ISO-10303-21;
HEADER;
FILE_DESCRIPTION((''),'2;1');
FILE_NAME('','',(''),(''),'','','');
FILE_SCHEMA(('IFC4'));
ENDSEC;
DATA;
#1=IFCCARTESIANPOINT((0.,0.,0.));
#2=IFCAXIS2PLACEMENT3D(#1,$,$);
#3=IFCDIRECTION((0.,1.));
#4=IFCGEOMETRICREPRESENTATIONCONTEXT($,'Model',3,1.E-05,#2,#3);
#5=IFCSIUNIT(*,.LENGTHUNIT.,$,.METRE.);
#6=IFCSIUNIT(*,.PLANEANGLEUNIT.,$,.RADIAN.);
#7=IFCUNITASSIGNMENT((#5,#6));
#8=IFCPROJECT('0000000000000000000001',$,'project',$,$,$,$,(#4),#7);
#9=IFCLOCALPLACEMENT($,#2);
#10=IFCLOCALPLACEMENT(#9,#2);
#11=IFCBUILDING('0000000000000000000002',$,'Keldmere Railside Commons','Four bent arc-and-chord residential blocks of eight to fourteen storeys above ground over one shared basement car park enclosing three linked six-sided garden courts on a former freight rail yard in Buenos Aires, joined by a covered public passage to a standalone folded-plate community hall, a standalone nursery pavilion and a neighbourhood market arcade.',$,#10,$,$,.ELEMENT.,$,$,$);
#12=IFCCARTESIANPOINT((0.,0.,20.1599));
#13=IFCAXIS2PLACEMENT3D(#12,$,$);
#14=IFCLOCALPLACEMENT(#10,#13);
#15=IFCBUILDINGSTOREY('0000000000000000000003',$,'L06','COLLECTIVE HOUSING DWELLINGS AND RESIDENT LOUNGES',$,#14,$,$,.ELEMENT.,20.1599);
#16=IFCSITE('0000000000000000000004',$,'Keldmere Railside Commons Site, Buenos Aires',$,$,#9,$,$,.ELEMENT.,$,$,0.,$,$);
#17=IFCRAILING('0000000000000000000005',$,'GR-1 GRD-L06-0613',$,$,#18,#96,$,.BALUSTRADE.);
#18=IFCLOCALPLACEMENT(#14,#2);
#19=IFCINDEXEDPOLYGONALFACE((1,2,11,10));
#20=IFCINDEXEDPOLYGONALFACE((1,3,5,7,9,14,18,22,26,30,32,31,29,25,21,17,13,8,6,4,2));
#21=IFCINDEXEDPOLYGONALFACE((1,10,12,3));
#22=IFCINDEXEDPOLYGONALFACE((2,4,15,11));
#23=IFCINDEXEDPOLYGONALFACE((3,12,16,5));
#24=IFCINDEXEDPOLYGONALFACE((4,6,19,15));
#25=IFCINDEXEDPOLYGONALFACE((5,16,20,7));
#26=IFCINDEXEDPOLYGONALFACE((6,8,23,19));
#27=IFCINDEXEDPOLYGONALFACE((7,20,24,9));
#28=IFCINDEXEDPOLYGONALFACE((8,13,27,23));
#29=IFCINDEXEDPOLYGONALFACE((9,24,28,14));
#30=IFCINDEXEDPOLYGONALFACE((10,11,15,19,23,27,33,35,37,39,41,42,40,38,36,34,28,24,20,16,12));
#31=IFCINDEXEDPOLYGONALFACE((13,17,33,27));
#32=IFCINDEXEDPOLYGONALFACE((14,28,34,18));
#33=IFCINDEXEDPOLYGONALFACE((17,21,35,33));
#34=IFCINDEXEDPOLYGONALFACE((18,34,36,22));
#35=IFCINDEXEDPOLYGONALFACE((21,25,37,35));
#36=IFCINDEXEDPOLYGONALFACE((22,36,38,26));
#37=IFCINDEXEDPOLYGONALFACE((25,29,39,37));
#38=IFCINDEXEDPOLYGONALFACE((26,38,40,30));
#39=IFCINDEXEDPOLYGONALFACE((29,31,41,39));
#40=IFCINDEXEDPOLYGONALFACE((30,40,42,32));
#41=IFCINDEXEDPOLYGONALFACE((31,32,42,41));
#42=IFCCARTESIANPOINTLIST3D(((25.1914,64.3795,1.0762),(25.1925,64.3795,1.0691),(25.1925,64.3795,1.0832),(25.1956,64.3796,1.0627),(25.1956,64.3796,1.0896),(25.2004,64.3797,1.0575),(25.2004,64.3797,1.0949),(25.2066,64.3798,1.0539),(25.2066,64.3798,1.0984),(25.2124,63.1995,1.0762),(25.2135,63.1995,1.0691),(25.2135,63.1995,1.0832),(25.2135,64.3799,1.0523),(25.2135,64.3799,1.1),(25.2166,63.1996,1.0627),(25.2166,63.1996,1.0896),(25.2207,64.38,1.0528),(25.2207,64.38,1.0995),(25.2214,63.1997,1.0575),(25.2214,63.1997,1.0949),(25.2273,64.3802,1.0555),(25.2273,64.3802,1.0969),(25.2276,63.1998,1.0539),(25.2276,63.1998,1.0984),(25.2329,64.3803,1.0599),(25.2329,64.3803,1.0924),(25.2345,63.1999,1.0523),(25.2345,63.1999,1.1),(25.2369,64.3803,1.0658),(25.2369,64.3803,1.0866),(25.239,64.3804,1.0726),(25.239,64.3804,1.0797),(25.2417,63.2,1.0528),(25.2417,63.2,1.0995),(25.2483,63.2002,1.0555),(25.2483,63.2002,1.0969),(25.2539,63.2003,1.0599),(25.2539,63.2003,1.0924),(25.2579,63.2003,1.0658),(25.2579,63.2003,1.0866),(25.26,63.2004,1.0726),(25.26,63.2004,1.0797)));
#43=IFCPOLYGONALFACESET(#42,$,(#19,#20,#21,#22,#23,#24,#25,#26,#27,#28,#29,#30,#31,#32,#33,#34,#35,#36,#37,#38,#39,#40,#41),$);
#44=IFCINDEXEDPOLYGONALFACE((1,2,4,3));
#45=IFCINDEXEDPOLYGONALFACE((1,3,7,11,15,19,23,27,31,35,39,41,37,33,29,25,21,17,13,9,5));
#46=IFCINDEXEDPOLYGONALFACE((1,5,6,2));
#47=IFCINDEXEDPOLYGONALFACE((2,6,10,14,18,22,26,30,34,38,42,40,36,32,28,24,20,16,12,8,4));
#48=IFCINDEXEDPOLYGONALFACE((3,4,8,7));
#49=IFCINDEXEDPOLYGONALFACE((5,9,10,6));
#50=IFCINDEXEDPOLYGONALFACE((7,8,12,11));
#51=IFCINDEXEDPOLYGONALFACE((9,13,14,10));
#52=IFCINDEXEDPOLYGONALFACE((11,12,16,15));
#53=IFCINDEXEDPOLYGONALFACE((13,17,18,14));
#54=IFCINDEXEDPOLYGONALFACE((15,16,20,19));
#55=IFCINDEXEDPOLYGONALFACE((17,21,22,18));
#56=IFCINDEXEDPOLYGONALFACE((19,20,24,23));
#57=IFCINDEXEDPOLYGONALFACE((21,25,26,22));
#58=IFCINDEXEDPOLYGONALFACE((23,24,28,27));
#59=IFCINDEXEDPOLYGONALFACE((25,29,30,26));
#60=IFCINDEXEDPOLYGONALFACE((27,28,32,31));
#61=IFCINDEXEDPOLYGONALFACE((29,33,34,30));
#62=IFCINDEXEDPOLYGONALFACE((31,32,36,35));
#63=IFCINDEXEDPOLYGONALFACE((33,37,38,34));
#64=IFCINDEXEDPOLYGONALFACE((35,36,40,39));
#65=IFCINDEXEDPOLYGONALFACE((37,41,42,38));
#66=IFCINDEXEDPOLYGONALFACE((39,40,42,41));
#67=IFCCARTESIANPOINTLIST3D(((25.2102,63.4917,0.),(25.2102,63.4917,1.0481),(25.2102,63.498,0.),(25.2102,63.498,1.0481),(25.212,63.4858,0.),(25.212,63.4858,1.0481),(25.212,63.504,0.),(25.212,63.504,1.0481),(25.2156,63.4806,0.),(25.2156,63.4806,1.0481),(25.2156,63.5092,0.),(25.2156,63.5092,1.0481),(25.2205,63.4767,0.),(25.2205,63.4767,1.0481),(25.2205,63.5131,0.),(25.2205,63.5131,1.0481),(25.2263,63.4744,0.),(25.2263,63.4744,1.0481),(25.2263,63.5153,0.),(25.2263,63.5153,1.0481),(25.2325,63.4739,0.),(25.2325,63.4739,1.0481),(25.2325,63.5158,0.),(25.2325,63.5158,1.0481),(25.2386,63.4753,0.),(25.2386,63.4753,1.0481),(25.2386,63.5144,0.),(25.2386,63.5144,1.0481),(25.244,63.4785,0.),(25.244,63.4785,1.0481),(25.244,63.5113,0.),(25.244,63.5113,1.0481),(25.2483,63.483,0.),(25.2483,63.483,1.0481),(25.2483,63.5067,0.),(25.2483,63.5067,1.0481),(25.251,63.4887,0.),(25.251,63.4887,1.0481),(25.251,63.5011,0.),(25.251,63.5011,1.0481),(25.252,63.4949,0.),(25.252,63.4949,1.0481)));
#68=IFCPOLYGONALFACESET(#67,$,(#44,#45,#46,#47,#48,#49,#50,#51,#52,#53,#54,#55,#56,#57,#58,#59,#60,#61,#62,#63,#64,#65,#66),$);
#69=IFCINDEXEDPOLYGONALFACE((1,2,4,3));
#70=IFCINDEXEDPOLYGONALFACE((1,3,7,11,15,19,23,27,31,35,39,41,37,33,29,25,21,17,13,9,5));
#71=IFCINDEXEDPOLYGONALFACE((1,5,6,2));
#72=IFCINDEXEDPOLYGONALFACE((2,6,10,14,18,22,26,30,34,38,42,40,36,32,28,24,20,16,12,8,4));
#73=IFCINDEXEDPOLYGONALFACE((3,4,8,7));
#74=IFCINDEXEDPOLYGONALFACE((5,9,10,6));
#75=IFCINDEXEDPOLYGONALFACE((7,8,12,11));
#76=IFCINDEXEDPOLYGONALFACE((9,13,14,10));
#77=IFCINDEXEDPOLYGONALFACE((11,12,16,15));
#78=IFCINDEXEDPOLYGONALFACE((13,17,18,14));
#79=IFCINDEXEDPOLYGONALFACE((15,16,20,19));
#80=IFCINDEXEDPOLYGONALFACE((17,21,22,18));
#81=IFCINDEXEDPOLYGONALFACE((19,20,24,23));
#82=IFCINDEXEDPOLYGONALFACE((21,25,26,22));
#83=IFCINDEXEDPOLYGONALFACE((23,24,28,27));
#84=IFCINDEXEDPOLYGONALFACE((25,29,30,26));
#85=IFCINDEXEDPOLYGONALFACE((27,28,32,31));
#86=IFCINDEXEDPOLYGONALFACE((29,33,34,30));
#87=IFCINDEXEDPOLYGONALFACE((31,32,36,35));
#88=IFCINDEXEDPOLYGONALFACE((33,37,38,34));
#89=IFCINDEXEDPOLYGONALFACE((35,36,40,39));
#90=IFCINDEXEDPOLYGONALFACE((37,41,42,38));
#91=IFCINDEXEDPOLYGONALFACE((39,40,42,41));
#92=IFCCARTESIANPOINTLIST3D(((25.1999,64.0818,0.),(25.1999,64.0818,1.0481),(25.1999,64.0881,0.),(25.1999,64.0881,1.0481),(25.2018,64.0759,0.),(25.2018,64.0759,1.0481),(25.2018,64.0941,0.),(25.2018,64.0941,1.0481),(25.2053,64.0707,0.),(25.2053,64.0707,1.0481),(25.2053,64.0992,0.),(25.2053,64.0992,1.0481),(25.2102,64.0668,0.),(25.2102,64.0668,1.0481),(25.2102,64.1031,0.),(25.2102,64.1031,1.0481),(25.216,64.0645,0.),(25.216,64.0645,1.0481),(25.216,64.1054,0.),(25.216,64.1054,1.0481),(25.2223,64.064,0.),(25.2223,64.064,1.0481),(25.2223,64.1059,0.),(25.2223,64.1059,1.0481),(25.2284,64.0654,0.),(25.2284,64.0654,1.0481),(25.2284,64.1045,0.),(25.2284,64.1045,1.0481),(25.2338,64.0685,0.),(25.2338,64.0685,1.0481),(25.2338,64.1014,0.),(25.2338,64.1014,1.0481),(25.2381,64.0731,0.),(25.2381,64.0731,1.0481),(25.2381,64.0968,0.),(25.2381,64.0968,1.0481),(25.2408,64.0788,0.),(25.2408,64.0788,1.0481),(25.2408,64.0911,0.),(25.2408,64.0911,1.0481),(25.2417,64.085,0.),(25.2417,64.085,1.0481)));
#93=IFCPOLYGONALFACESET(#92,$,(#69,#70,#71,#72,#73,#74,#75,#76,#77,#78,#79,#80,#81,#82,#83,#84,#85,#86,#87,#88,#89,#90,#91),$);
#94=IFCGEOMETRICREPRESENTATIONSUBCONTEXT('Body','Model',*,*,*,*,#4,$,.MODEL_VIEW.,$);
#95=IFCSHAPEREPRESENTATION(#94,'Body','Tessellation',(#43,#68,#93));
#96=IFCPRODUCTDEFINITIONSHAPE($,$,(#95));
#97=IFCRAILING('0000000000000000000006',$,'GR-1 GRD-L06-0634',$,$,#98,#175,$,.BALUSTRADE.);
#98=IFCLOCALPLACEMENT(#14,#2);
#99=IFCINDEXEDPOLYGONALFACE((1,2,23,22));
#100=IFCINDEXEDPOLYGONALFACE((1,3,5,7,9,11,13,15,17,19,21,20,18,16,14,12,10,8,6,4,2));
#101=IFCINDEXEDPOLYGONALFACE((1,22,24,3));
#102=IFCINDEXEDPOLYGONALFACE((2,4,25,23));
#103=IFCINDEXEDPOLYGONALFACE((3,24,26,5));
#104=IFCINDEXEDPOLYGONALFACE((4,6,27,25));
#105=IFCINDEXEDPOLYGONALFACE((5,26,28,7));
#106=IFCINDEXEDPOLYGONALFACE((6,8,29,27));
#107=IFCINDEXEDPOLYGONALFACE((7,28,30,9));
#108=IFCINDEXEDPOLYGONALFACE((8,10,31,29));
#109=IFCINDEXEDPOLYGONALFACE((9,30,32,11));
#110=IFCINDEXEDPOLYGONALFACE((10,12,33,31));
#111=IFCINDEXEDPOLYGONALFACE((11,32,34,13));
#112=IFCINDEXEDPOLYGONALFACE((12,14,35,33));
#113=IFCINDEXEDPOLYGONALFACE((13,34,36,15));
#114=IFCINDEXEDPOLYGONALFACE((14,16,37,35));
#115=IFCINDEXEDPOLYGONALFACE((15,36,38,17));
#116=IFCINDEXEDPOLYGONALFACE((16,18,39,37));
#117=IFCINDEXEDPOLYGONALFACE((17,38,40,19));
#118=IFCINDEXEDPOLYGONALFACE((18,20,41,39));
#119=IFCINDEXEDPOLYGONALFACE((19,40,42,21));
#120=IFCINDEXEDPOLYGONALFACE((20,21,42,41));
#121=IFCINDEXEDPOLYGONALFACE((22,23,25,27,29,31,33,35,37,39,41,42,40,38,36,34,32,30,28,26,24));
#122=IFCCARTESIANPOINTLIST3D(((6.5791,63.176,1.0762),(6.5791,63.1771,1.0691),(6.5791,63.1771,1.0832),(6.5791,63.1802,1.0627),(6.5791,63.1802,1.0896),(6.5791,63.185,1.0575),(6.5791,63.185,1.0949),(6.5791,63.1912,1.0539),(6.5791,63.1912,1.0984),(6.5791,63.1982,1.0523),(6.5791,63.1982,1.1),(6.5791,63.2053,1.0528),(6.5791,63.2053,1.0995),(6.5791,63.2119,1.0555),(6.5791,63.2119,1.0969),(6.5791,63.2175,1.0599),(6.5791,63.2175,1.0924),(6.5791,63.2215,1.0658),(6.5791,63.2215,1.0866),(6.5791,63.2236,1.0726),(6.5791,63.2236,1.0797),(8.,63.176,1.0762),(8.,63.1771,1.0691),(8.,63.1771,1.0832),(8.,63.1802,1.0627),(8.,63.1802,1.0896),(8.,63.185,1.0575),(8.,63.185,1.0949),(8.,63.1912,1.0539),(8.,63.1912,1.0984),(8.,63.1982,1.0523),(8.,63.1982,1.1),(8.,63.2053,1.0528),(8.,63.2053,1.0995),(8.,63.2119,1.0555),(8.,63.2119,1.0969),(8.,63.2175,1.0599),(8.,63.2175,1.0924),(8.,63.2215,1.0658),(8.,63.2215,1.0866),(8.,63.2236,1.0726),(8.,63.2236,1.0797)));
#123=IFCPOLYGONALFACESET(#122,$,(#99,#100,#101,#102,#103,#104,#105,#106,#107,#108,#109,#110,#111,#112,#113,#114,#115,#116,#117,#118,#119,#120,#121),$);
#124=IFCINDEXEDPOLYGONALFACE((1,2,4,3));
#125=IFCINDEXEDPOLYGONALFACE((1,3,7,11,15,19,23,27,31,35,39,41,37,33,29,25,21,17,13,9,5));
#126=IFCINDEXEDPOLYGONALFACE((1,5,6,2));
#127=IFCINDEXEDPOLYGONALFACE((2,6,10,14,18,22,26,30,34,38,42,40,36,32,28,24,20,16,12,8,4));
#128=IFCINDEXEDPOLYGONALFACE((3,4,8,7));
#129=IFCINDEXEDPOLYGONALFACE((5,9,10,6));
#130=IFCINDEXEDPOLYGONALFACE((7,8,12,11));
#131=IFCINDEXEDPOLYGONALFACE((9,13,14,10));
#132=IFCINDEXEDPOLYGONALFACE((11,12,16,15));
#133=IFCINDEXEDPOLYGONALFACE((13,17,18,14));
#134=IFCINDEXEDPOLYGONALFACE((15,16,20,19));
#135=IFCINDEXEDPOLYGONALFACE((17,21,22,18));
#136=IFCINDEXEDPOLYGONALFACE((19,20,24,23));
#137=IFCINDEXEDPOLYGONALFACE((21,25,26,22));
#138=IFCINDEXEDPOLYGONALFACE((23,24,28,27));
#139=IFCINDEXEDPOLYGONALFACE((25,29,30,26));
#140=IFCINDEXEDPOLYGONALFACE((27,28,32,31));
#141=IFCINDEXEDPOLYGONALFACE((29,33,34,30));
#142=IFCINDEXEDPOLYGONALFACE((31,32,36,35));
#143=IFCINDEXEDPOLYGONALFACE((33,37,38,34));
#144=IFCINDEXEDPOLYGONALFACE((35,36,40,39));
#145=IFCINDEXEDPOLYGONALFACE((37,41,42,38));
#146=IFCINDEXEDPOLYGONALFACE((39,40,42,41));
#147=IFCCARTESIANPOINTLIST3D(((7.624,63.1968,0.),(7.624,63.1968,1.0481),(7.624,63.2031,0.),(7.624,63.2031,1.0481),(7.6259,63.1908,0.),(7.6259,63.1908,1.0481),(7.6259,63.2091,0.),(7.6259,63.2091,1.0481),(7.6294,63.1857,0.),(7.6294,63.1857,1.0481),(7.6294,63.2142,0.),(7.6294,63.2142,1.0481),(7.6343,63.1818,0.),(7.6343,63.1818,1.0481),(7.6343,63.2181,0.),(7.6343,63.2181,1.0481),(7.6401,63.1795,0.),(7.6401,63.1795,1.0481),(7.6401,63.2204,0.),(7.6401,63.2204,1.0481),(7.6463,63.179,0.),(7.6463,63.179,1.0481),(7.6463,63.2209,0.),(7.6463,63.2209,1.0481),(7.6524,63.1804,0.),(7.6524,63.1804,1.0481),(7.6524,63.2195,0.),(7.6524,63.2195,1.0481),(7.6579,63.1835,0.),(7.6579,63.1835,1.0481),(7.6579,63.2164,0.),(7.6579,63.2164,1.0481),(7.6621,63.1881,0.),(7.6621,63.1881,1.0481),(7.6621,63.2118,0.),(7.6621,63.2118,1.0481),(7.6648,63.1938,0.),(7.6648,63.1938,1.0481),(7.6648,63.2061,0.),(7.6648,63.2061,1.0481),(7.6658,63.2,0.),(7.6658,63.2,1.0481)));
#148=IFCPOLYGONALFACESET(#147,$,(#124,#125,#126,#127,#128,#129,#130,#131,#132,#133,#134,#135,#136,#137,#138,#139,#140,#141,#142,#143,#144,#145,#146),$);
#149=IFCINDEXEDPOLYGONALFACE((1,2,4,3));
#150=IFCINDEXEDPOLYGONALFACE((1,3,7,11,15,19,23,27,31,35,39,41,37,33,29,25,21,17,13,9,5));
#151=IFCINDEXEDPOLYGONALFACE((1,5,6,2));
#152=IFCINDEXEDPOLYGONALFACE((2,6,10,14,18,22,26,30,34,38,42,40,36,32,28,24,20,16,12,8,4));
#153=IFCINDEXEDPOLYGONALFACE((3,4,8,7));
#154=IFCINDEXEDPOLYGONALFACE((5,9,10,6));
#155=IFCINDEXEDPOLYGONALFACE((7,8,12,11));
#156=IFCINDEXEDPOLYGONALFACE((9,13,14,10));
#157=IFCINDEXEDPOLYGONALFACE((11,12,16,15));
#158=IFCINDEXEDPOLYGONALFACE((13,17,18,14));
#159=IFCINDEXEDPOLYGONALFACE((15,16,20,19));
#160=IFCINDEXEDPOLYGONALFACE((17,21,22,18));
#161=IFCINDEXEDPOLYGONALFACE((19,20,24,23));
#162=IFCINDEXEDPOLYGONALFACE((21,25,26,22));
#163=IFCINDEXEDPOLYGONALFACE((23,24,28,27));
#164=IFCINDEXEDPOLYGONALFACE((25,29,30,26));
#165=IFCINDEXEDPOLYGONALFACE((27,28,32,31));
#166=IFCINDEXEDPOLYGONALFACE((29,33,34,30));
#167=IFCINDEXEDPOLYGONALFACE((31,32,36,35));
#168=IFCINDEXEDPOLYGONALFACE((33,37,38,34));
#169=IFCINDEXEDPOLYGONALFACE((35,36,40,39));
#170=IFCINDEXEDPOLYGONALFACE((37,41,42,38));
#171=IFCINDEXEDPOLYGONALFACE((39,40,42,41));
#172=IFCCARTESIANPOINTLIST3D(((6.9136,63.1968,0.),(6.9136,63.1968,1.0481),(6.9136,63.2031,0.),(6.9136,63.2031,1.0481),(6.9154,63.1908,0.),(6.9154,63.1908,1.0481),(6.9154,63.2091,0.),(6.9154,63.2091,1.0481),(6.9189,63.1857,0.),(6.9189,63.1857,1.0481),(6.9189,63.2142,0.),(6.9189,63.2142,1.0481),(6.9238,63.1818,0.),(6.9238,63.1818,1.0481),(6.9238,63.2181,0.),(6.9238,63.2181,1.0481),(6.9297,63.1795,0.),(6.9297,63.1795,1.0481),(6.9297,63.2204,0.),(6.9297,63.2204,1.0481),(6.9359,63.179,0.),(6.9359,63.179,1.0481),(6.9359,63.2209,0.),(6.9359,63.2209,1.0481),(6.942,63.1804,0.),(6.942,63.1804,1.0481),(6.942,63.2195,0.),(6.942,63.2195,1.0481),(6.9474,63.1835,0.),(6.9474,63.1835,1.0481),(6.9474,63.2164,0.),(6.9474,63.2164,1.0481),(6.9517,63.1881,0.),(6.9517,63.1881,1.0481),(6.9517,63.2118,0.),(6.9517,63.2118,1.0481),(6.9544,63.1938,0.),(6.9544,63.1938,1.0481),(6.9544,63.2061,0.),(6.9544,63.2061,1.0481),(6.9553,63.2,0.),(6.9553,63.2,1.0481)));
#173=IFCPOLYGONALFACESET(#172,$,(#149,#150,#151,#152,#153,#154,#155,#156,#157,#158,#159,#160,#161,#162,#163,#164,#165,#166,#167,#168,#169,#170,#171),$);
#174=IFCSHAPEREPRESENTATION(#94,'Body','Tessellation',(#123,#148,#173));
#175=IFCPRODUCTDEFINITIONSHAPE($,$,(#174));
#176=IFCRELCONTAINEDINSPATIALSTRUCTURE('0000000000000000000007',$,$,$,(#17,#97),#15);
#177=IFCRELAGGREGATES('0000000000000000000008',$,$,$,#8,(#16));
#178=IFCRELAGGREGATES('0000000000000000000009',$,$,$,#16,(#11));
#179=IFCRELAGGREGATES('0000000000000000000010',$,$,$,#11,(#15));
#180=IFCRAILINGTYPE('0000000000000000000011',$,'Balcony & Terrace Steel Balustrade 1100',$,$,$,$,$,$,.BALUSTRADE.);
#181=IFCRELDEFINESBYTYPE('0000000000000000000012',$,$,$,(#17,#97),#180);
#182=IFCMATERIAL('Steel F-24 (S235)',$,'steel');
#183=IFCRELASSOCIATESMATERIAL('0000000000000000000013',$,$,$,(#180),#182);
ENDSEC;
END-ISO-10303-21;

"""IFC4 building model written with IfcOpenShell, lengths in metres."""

from ifc_helpers import new_model, si_unit, direction, frame, origin, origin_2d, place, context, subcontext, project, spatial, circle, extrude, material, type_object, element, save


model = new_model("IFC4")

# Units and contexts
model_context = context("Model", 3, precision=1e-05, world=origin(), true_north=direction((0.0, 1.0)))
body_context = subcontext(model_context, "Body", "Model", "MODEL_VIEW")
ifc_project = project(units=[si_unit("LENGTHUNIT", "METRE"), si_unit("PLANEANGLEUNIT", "RADIAN")], contexts=[model_context])

# Site, building, storey
site_placement = place(None, origin())
site = spatial("IfcSite", under=ifc_project, at=site_placement, Name="Keldmere Railside Commons Site, Buenos Aires", CompositionType="ELEMENT", RefElevation=0.0)
building_placement = place(site_placement, origin())
building = spatial("IfcBuilding", under=site, at=building_placement, Name="Keldmere Railside Commons", Description="Four bent arc-and-chord residential blocks of eight to fourteen storeys above ground over one shared basement car park enclosing three linked six-sided garden courts on a former freight rail yard in Buenos Aires, joined by a covered public passage to a standalone folded-plate community hall, a standalone nursery pavilion and a neighbourhood market arcade.", CompositionType="ELEMENT")
storey_placement = place(building_placement, frame((0.0, 0.0, 20.1599)))
storey = spatial("IfcBuildingStorey", under=building, at=storey_placement, Name="L06", Description="COLLECTIVE HOUSING DWELLINGS AND RESIDENT LOUNGES", CompositionType="ELEMENT", Elevation=20.1599)

# Railings
ifc_material_1 = material(Name="Steel F-24 (S235)", Category="steel")
railing_type = type_object("IfcRailingType", Name="Balcony & Terrace Steel Balustrade 1100", PredefinedType="BALUSTRADE", material=ifc_material_1)
railing_1_placement = place(storey_placement, frame((25.2363, 63.2, 0.0)))
element("IfcRailing", 1, at=railing_1_placement, inside=storey, type_object=railing_type, Name="GR-1 GRD-L06-0613", PredefinedType="BALUSTRADE", context=body_context, shape_type="SweptSolid", body=[
    extrude(circle(Radius=0.0239, at=origin_2d()), frame((0.0, 0.0, 1.0762), z_axis=(-0.017792, 0.999842, 0.0), x_axis=(-0.999842, -0.017792, 0.0)), (0.0, 0.0, 1.0), 1.1802),
    extrude(circle(Radius=0.021, at=origin_2d()), frame((-0.0054, 0.2949, 0.0)), (0.0, 0.0, 1.0), 1.0481),
    extrude(circle(Radius=0.021, at=origin_2d()), frame((-0.0156, 0.885, 0.0)), (0.0, 0.0, 1.0), 1.0481),
])
railing_2_placement = place(storey_placement, frame((8.0, 63.2, 0.0)))
element("IfcRailing", 2, at=railing_2_placement, inside=storey, type_object=railing_type, Name="GR-1 GRD-L06-0634", PredefinedType="BALUSTRADE", context=body_context, shape_type="SweptSolid", body=[
    extrude(circle(Radius=0.0239, at=origin_2d()), frame((0.0, 0.0, 1.0762), z_axis=(-1.0, 0.0, 0.0), x_axis=(0.0, -1.0, 0.0)), (0.0, 0.0, 1.0), 1.4209),
    extrude(circle(Radius=0.021, at=origin_2d()), frame((-0.3552, 0.0, 0.0)), (0.0, 0.0, 1.0), 1.0481),
    extrude(circle(Radius=0.021, at=origin_2d()), frame((-1.0657, 0.0, 0.0)), (0.0, 0.0, 1.0), 1.0481),
])

save(model, "model.ifc")
